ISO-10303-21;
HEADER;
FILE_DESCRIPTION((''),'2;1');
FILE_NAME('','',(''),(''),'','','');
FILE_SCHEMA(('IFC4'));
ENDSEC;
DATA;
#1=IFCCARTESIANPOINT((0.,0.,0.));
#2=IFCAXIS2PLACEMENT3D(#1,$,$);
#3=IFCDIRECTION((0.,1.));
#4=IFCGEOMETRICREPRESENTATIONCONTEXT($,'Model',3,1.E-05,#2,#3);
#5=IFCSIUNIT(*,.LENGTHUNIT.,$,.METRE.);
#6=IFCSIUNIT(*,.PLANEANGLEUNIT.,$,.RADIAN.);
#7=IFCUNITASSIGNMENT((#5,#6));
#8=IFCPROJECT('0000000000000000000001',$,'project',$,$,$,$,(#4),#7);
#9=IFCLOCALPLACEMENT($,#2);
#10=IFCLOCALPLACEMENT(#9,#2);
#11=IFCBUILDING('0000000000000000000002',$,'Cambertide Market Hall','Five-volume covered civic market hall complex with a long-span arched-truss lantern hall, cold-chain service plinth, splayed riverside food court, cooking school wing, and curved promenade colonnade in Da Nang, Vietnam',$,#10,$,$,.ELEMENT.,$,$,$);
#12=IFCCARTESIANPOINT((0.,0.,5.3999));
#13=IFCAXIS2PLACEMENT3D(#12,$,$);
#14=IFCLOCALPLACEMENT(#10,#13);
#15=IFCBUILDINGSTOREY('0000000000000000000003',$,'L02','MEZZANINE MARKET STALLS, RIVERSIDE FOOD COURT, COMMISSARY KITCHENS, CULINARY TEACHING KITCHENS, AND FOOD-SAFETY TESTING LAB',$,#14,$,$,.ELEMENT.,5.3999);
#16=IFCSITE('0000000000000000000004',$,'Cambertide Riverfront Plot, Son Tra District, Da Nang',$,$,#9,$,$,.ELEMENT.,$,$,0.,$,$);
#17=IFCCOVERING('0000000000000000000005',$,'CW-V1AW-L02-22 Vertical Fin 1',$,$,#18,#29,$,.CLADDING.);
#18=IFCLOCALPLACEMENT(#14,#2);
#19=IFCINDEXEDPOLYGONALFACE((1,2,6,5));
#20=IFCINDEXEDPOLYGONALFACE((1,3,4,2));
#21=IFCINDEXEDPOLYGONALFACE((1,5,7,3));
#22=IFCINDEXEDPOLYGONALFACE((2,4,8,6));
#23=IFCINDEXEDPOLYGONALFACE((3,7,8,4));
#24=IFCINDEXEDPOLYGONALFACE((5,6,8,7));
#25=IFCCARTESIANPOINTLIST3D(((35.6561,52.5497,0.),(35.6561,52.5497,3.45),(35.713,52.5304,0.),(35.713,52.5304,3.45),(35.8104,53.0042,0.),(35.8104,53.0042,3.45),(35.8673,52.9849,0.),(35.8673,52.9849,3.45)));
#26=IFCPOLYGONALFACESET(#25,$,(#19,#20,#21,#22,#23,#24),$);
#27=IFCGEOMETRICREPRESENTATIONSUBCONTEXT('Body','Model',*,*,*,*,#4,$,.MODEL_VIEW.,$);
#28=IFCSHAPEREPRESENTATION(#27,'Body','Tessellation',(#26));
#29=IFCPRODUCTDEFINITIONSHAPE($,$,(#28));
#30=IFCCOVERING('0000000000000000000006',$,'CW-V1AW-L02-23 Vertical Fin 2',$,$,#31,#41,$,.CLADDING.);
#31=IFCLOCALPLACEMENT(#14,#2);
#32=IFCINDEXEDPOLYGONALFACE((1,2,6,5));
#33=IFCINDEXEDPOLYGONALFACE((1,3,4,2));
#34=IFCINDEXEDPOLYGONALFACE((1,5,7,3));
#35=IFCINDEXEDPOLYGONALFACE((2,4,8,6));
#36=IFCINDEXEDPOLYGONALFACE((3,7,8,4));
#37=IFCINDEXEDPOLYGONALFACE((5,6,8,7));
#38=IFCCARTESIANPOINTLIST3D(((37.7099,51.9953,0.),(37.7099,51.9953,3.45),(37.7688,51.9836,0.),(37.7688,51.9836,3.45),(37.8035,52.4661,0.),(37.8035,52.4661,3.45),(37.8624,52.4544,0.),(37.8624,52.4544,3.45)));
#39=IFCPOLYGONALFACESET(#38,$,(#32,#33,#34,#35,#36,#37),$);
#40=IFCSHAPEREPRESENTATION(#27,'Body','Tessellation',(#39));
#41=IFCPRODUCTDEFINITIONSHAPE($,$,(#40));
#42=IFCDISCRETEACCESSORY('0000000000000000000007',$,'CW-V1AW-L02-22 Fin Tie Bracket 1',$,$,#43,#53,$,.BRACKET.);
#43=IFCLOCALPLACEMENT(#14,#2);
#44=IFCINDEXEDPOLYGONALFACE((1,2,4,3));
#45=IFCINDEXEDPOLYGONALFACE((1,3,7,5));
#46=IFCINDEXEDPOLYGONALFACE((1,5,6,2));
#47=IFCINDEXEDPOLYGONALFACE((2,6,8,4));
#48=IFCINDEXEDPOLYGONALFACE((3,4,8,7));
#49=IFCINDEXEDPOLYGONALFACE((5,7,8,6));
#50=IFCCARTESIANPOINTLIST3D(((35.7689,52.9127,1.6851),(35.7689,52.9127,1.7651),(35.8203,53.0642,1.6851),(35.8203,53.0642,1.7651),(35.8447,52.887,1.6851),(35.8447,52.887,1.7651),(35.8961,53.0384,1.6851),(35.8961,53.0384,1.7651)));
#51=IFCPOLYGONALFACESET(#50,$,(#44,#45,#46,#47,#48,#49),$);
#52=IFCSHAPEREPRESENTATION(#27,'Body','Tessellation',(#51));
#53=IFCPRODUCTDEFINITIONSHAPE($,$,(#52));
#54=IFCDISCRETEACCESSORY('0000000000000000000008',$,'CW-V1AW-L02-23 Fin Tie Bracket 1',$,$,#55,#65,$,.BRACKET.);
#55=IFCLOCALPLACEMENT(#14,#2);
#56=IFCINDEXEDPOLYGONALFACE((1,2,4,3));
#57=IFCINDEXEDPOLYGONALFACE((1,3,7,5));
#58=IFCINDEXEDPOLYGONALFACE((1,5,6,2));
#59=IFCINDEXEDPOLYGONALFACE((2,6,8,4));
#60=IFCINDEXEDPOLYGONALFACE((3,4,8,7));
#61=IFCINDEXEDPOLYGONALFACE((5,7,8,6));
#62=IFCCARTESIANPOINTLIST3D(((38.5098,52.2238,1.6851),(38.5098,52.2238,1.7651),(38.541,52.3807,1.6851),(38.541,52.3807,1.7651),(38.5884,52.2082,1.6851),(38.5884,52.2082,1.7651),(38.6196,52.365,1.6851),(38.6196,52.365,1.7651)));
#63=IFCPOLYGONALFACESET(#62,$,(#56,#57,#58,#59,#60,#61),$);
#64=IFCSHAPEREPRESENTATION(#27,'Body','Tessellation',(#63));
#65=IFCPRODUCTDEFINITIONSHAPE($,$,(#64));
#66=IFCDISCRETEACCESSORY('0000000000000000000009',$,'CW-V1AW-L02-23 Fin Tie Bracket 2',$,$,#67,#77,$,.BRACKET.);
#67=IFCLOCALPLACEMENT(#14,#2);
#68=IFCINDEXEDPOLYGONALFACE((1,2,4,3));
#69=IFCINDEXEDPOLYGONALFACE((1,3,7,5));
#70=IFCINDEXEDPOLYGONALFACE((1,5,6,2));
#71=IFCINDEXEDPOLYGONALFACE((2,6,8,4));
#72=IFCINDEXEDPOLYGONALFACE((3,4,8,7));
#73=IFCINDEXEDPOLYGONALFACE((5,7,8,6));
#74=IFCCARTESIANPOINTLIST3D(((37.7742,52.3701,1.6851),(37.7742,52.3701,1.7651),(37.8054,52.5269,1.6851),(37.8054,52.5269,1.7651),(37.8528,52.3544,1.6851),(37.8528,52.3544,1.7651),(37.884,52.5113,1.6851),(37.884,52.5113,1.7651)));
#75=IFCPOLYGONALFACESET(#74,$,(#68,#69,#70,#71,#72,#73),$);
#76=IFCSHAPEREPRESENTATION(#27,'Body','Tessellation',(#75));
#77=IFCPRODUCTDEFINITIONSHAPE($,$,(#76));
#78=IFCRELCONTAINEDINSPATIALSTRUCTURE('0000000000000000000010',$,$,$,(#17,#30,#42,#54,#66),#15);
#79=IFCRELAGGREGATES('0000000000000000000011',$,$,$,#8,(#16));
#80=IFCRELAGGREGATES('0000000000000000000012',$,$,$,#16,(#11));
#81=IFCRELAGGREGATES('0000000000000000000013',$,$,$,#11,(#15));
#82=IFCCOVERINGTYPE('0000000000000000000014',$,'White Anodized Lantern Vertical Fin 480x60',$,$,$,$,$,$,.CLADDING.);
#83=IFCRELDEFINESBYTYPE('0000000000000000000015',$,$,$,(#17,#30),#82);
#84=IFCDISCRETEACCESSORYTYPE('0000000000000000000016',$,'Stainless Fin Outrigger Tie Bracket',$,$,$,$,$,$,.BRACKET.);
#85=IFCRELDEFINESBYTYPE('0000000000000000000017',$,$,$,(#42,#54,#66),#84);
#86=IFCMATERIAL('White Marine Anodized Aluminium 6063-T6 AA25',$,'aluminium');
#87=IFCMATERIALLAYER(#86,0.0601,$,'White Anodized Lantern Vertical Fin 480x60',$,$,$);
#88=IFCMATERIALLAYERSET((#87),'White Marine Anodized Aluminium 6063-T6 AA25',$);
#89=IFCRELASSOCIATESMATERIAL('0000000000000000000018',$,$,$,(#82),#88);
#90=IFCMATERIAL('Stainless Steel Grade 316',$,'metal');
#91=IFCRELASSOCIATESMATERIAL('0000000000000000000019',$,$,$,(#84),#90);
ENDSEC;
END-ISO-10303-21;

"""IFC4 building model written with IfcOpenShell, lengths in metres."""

from ifc_helpers import new_model, si_unit, direction, frame, origin, origin_2d, place, context, subcontext, project, spatial, rectangle, extrude, material, layer, layer_set, type_object, element, save


model = new_model("IFC4")

# Units and contexts
model_context = context("Model", 3, precision=1e-05, world=origin(), true_north=direction((0.0, 1.0)))
body_context = subcontext(model_context, "Body", "Model", "MODEL_VIEW")
ifc_project = project(units=[si_unit("LENGTHUNIT", "METRE"), si_unit("PLANEANGLEUNIT", "RADIAN")], contexts=[model_context])

# Site, building, storey
site_placement = place(None, origin())
site = spatial("IfcSite", under=ifc_project, at=site_placement, Name="Cambertide Riverfront Plot, Son Tra District, Da Nang", CompositionType="ELEMENT", RefElevation=0.0)
building_placement = place(site_placement, origin())
building = spatial("IfcBuilding", under=site, at=building_placement, Name="Cambertide Market Hall", Description="Five-volume covered civic market hall complex with a long-span arched-truss lantern hall, cold-chain service plinth, splayed riverside food court, cooking school wing, and curved promenade colonnade in Da Nang, Vietnam", CompositionType="ELEMENT")
storey_placement = place(building_placement, frame((0.0, 0.0, 5.3999)))
storey = spatial("IfcBuildingStorey", under=building, at=storey_placement, Name="L02", Description="MEZZANINE MARKET STALLS, RIVERSIDE FOOD COURT, COMMISSARY KITCHENS, CULINARY TEACHING KITCHENS, AND FOOD-SAFETY TESTING LAB", CompositionType="ELEMENT", Elevation=5.3999)

# Coverings
ifc_material_1 = material(Name="White Marine Anodized Aluminium 6063-T6 AA25", Category="aluminium")
ifc_layer_1 = layer(ifc_material_1, 0.0601, Name="White Anodized Lantern Vertical Fin 480x60")
ifc_layer_set_1 = layer_set([ifc_layer_1], Name="White Marine Anodized Aluminium 6063-T6 AA25")
covering_type = type_object("IfcCoveringType", Name="White Anodized Lantern Vertical Fin 480x60", PredefinedType="CLADDING", material=ifc_layer_set_1)
for number, where, z_axis, x_axis, name in (
    (1, (35.7617, 52.7673, 0.0), (0.0, 0.0, 1.0), (-0.94693, 0.321439, 0.0), "CW-V1AW-L02-22 Vertical Fin 1"),
    (2, (37.7861, 52.2249, 0.0), (0.0, 0.0, 1.0), (-0.980785, 0.19509, 0.0), "CW-V1AW-L02-23 Vertical Fin 2"),
):
    element("IfcCovering", number, at=place(storey_placement, frame(where, z_axis=z_axis, x_axis=x_axis)), inside=storey, type_object=covering_type, Name=name, PredefinedType="CLADDING", context=body_context, shape_type="SweptSolid", body=[
        extrude(rectangle(XDim=0.0601, YDim=0.48, at=origin_2d()), origin(), (0.0, 0.0, 1.0), 3.45),
    ])

# Discrete accessories
ifc_material_2 = material(Name="Stainless Steel Grade 316", Category="metal")
discrete_accessory_type = type_object("IfcDiscreteAccessoryType", Name="Stainless Fin Outrigger Tie Bracket", PredefinedType="BRACKET", material=ifc_material_2)
for number, where, z_axis, x_axis, name in (
    (3, (35.8325, 52.9756, 1.6851), (0.0, 0.0, 1.0), (-0.94693, 0.321439, 0.0), "CW-V1AW-L02-22 Fin Tie Bracket 1"),
    (4, (38.5647, 52.2944, 1.6851), (0.0, 0.0, 1.0), (-0.980785, 0.19509, 0.0), "CW-V1AW-L02-23 Fin Tie Bracket 1"),
    (5, (37.8291, 52.4407, 1.6851), (0.0, 0.0, 1.0), (-0.980785, 0.19509, 0.0), "CW-V1AW-L02-23 Fin Tie Bracket 2"),
):
    element("IfcDiscreteAccessory", number, at=place(storey_placement, frame(where, z_axis=z_axis, x_axis=x_axis)), inside=storey, type_object=discrete_accessory_type, Name=name, PredefinedType="BRACKET", context=body_context, shape_type="SweptSolid", body=[
        extrude(rectangle(XDim=0.0801, YDim=0.1599, at=origin_2d()), origin(), (0.0, 0.0, 1.0), 0.0801),
    ])

save(model, "model.ifc")
